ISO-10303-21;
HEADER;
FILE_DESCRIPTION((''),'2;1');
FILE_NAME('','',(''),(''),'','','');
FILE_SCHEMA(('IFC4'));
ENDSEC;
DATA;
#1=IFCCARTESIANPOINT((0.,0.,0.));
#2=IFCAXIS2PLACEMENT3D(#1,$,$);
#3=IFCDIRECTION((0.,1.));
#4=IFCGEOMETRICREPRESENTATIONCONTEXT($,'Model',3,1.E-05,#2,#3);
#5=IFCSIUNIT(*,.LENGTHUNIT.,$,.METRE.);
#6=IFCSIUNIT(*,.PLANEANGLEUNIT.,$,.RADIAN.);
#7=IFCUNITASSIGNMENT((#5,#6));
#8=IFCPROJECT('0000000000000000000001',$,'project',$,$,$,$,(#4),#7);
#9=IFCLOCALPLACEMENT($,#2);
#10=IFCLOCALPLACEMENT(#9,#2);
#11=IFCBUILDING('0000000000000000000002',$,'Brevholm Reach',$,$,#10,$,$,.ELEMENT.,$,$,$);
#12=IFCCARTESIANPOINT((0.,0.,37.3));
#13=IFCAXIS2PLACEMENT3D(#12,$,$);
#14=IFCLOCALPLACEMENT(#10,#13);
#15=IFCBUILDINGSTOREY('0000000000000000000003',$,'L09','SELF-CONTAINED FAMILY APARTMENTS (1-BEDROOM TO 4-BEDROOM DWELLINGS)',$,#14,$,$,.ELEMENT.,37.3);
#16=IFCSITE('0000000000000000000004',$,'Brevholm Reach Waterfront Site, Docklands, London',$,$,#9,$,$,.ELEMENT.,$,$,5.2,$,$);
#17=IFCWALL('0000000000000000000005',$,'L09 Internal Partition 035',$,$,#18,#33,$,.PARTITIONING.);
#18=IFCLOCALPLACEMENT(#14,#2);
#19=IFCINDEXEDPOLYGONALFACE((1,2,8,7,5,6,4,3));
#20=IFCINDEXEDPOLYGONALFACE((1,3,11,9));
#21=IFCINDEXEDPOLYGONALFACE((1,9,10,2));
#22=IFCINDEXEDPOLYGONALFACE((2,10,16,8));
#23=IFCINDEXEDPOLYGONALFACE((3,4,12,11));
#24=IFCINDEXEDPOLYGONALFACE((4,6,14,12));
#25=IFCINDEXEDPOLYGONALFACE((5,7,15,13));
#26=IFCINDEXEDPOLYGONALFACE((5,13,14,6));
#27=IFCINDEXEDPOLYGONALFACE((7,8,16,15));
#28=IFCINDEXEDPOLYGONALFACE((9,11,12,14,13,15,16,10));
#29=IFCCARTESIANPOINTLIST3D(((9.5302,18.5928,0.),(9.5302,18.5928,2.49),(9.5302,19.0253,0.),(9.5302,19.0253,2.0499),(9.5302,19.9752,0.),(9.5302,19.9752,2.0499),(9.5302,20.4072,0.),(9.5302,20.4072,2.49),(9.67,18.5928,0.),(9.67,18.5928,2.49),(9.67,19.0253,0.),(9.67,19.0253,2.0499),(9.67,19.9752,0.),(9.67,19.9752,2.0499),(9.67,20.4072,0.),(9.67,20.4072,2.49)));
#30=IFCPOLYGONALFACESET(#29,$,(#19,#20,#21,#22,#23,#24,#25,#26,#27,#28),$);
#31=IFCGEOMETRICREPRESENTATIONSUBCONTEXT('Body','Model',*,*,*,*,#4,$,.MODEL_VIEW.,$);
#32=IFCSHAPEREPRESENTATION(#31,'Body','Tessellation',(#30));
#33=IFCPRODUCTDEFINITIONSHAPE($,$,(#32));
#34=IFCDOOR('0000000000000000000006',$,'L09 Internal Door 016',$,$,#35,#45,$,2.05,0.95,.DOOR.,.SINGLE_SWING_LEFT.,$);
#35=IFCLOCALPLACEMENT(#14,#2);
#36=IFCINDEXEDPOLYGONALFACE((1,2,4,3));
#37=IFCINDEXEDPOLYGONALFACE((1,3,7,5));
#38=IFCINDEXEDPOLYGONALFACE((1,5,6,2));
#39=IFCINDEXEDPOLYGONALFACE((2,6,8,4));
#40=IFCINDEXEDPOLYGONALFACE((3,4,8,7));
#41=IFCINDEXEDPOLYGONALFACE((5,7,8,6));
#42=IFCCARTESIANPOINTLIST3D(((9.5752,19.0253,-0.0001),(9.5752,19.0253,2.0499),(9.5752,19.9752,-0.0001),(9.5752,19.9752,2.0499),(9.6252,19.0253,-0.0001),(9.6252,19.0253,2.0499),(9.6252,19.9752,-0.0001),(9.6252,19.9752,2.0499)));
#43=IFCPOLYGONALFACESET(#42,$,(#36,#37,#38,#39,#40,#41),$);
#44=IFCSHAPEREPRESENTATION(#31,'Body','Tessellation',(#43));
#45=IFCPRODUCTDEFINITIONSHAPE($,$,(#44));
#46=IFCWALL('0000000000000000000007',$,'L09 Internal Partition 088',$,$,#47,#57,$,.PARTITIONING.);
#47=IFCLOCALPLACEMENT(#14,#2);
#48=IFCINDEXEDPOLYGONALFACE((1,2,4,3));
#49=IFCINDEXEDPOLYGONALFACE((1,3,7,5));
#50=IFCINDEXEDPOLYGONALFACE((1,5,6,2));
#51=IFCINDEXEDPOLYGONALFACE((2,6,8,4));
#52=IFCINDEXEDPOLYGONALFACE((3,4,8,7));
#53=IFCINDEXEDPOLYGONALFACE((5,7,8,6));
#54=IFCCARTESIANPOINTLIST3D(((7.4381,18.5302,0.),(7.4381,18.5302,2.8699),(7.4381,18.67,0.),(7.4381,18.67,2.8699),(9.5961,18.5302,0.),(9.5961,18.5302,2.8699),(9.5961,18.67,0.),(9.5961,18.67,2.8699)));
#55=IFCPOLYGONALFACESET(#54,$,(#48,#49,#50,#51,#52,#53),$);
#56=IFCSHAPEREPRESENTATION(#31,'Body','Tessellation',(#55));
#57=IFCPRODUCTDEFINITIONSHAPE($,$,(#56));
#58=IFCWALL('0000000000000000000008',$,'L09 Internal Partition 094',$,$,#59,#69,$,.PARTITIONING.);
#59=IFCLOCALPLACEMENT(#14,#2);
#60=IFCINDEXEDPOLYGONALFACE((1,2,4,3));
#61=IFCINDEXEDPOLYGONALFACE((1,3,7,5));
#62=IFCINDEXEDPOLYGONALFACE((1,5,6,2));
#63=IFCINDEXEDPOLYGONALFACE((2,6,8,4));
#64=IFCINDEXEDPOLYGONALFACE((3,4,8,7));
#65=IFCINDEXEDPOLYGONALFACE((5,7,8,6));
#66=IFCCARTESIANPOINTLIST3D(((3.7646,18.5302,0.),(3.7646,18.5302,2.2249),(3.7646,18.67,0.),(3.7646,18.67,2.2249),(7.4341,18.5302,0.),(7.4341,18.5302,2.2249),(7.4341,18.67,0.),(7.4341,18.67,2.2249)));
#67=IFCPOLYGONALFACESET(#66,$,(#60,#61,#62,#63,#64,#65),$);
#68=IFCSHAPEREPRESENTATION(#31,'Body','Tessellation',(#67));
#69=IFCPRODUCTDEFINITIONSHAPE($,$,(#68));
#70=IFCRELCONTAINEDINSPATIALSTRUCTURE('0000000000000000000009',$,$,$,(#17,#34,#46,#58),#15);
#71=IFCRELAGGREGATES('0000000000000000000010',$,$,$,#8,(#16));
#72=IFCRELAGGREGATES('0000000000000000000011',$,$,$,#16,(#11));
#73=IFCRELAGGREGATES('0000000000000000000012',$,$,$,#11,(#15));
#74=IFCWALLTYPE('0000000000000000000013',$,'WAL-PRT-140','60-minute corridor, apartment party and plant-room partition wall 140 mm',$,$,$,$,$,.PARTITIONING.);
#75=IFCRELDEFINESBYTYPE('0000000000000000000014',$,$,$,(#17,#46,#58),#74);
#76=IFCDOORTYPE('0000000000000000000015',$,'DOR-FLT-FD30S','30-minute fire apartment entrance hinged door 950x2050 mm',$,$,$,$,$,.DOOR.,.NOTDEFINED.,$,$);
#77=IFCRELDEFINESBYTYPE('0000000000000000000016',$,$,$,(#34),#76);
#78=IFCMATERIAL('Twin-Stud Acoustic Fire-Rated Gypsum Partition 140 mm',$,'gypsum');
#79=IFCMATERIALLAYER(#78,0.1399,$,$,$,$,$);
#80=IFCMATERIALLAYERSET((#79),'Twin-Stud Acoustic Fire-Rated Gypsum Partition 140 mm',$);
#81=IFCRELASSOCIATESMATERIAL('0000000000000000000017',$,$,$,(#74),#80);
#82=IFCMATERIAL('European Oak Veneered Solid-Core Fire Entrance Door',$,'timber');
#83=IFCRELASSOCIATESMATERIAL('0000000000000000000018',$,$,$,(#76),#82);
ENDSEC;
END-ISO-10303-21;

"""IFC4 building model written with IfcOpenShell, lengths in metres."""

from ifc_helpers import new_model, si_unit, direction, frame, frame_2d, origin, place, context, subcontext, project, spatial, rectangle, extrude, material, layer, layer_set, type_object, element, fill, save


model = new_model("IFC4")

# Units and contexts
model_context = context("Model", 3, precision=1e-05, world=origin(), true_north=direction((0.0, 1.0)))
body_context = subcontext(model_context, "Body", "Model", "MODEL_VIEW")
ifc_project = project(units=[si_unit("LENGTHUNIT", "METRE"), si_unit("PLANEANGLEUNIT", "RADIAN")], contexts=[model_context])

# Site, building, storey
site_placement = place(None, origin())
site = spatial("IfcSite", under=ifc_project, at=site_placement, Name="Brevholm Reach Waterfront Site, Docklands, London", CompositionType="ELEMENT", RefElevation=5.2)
building_placement = place(site_placement, origin())
building = spatial("IfcBuilding", under=site, at=building_placement, Name="Brevholm Reach", CompositionType="ELEMENT")
storey_placement = place(building_placement, frame((0.0, 0.0, 37.3)))
storey = spatial("IfcBuildingStorey", under=building, at=storey_placement, Name="L09", Description="SELF-CONTAINED FAMILY APARTMENTS (1-BEDROOM TO 4-BEDROOM DWELLINGS)", CompositionType="ELEMENT", Elevation=37.3)

# Shared definitions
ifc_material_1 = material(Name="Twin-Stud Acoustic Fire-Rated Gypsum Partition 140 mm", Category="gypsum")
ifc_layer_1 = layer(ifc_material_1, 0.1399)
ifc_layer_set_1 = layer_set([ifc_layer_1], Name="Twin-Stud Acoustic Fire-Rated Gypsum Partition 140 mm")
wall_type_1 = type_object("IfcWallType", Name="WAL-PRT-140", Description="60-minute corridor, apartment party and plant-room partition wall 140 mm", PredefinedType="PARTITIONING", material=ifc_layer_set_1)

# Wall, opening, door
wall_1_placement = place(storey_placement, frame((9.6001, 18.5928, 0.0), z_axis=(0.0, 0.0, 1.0), x_axis=(0.0, 1.0, 0.0)))
wall_1 = element("IfcWall", 1, at=wall_1_placement, inside=storey, type_object=wall_type_1, Name="L09 Internal Partition 035", PredefinedType="PARTITIONING", context=body_context, shape_type="SweptSolid", body=[
    extrude(rectangle(XDim=1.8145, YDim=0.1399, at=frame_2d((0.9072, 0.0))), origin(), (0.0, 0.0, 1.0), 2.49),
])
opening_1_placement = place(wall_1_placement, frame((0.4324, 0.0, 0.0)))
opening_1 = element("IfcOpeningElement", 2, at=opening_1_placement, cuts=wall_1, PredefinedType="OPENING", context=body_context, shape_type="SweptSolid", body=[
    extrude(rectangle(XDim=0.95, YDim=2.05, at=frame_2d((0.4751, 1.0249))), frame((0.0, 0.0798, 0.0), z_axis=(0.0, -1.0, 0.0), x_axis=(1.0, 0.0, 0.0)), (0.0, 0.0, 1.0), 0.1599),
])
ifc_material_2 = material(Name="European Oak Veneered Solid-Core Fire Entrance Door", Category="timber")
door_type_1 = type_object("IfcDoorType", Name="DOR-FLT-FD30S", Description="30-minute fire apartment entrance hinged door 950x2050 mm", OperationType="NOTDEFINED", PredefinedType="DOOR", material=ifc_material_2)
door_1_placement = place(opening_1_placement, origin())
door_1 = element("IfcDoor", 3, at=door_1_placement, inside=storey, type_object=door_type_1, Name="L09 Internal Door 016", OperationType="SINGLE_SWING_LEFT", OverallHeight=2.05, OverallWidth=0.95, PredefinedType="DOOR", context=body_context, shape_type="SweptSolid", body=[
    extrude(rectangle(XDim=0.95, YDim=2.05, at=frame_2d((0.4751, 1.0249))), frame((0.0, 0.0249, 0.0), z_axis=(0.0, -1.0, 0.0), x_axis=(1.0, 0.0, 0.0)), (0.0, 0.0, 1.0), 0.05),
])
fill(opening_1, door_1)

# Walls
wall_2_placement = place(storey_placement, frame((7.438, 18.6001, 0.0), z_axis=(0.0, 0.0, 1.0), x_axis=(1.0, 0.0, 0.0)))
element("IfcWall", 4, at=wall_2_placement, inside=storey, type_object=wall_type_1, Name="L09 Internal Partition 088", PredefinedType="PARTITIONING", context=body_context, shape_type="SweptSolid", body=[
    extrude(rectangle(XDim=2.158, YDim=0.1399, at=frame_2d((1.0791, 0.0))), origin(), (0.0, 0.0, 1.0), 2.8699),
])
wall_3_placement = place(storey_placement, frame((3.7646, 18.6001, 0.0), z_axis=(0.0, 0.0, 1.0), x_axis=(1.0, 0.0, 0.0)))
element("IfcWall", 5, at=wall_3_placement, inside=storey, type_object=wall_type_1, Name="L09 Internal Partition 094", PredefinedType="PARTITIONING", context=body_context, shape_type="SweptSolid", body=[
    extrude(rectangle(XDim=3.6694, YDim=0.1399, at=frame_2d((1.8347, 0.0))), origin(), (0.0, 0.0, 1.0), 2.2249),
])

save(model, "model.ifc")
